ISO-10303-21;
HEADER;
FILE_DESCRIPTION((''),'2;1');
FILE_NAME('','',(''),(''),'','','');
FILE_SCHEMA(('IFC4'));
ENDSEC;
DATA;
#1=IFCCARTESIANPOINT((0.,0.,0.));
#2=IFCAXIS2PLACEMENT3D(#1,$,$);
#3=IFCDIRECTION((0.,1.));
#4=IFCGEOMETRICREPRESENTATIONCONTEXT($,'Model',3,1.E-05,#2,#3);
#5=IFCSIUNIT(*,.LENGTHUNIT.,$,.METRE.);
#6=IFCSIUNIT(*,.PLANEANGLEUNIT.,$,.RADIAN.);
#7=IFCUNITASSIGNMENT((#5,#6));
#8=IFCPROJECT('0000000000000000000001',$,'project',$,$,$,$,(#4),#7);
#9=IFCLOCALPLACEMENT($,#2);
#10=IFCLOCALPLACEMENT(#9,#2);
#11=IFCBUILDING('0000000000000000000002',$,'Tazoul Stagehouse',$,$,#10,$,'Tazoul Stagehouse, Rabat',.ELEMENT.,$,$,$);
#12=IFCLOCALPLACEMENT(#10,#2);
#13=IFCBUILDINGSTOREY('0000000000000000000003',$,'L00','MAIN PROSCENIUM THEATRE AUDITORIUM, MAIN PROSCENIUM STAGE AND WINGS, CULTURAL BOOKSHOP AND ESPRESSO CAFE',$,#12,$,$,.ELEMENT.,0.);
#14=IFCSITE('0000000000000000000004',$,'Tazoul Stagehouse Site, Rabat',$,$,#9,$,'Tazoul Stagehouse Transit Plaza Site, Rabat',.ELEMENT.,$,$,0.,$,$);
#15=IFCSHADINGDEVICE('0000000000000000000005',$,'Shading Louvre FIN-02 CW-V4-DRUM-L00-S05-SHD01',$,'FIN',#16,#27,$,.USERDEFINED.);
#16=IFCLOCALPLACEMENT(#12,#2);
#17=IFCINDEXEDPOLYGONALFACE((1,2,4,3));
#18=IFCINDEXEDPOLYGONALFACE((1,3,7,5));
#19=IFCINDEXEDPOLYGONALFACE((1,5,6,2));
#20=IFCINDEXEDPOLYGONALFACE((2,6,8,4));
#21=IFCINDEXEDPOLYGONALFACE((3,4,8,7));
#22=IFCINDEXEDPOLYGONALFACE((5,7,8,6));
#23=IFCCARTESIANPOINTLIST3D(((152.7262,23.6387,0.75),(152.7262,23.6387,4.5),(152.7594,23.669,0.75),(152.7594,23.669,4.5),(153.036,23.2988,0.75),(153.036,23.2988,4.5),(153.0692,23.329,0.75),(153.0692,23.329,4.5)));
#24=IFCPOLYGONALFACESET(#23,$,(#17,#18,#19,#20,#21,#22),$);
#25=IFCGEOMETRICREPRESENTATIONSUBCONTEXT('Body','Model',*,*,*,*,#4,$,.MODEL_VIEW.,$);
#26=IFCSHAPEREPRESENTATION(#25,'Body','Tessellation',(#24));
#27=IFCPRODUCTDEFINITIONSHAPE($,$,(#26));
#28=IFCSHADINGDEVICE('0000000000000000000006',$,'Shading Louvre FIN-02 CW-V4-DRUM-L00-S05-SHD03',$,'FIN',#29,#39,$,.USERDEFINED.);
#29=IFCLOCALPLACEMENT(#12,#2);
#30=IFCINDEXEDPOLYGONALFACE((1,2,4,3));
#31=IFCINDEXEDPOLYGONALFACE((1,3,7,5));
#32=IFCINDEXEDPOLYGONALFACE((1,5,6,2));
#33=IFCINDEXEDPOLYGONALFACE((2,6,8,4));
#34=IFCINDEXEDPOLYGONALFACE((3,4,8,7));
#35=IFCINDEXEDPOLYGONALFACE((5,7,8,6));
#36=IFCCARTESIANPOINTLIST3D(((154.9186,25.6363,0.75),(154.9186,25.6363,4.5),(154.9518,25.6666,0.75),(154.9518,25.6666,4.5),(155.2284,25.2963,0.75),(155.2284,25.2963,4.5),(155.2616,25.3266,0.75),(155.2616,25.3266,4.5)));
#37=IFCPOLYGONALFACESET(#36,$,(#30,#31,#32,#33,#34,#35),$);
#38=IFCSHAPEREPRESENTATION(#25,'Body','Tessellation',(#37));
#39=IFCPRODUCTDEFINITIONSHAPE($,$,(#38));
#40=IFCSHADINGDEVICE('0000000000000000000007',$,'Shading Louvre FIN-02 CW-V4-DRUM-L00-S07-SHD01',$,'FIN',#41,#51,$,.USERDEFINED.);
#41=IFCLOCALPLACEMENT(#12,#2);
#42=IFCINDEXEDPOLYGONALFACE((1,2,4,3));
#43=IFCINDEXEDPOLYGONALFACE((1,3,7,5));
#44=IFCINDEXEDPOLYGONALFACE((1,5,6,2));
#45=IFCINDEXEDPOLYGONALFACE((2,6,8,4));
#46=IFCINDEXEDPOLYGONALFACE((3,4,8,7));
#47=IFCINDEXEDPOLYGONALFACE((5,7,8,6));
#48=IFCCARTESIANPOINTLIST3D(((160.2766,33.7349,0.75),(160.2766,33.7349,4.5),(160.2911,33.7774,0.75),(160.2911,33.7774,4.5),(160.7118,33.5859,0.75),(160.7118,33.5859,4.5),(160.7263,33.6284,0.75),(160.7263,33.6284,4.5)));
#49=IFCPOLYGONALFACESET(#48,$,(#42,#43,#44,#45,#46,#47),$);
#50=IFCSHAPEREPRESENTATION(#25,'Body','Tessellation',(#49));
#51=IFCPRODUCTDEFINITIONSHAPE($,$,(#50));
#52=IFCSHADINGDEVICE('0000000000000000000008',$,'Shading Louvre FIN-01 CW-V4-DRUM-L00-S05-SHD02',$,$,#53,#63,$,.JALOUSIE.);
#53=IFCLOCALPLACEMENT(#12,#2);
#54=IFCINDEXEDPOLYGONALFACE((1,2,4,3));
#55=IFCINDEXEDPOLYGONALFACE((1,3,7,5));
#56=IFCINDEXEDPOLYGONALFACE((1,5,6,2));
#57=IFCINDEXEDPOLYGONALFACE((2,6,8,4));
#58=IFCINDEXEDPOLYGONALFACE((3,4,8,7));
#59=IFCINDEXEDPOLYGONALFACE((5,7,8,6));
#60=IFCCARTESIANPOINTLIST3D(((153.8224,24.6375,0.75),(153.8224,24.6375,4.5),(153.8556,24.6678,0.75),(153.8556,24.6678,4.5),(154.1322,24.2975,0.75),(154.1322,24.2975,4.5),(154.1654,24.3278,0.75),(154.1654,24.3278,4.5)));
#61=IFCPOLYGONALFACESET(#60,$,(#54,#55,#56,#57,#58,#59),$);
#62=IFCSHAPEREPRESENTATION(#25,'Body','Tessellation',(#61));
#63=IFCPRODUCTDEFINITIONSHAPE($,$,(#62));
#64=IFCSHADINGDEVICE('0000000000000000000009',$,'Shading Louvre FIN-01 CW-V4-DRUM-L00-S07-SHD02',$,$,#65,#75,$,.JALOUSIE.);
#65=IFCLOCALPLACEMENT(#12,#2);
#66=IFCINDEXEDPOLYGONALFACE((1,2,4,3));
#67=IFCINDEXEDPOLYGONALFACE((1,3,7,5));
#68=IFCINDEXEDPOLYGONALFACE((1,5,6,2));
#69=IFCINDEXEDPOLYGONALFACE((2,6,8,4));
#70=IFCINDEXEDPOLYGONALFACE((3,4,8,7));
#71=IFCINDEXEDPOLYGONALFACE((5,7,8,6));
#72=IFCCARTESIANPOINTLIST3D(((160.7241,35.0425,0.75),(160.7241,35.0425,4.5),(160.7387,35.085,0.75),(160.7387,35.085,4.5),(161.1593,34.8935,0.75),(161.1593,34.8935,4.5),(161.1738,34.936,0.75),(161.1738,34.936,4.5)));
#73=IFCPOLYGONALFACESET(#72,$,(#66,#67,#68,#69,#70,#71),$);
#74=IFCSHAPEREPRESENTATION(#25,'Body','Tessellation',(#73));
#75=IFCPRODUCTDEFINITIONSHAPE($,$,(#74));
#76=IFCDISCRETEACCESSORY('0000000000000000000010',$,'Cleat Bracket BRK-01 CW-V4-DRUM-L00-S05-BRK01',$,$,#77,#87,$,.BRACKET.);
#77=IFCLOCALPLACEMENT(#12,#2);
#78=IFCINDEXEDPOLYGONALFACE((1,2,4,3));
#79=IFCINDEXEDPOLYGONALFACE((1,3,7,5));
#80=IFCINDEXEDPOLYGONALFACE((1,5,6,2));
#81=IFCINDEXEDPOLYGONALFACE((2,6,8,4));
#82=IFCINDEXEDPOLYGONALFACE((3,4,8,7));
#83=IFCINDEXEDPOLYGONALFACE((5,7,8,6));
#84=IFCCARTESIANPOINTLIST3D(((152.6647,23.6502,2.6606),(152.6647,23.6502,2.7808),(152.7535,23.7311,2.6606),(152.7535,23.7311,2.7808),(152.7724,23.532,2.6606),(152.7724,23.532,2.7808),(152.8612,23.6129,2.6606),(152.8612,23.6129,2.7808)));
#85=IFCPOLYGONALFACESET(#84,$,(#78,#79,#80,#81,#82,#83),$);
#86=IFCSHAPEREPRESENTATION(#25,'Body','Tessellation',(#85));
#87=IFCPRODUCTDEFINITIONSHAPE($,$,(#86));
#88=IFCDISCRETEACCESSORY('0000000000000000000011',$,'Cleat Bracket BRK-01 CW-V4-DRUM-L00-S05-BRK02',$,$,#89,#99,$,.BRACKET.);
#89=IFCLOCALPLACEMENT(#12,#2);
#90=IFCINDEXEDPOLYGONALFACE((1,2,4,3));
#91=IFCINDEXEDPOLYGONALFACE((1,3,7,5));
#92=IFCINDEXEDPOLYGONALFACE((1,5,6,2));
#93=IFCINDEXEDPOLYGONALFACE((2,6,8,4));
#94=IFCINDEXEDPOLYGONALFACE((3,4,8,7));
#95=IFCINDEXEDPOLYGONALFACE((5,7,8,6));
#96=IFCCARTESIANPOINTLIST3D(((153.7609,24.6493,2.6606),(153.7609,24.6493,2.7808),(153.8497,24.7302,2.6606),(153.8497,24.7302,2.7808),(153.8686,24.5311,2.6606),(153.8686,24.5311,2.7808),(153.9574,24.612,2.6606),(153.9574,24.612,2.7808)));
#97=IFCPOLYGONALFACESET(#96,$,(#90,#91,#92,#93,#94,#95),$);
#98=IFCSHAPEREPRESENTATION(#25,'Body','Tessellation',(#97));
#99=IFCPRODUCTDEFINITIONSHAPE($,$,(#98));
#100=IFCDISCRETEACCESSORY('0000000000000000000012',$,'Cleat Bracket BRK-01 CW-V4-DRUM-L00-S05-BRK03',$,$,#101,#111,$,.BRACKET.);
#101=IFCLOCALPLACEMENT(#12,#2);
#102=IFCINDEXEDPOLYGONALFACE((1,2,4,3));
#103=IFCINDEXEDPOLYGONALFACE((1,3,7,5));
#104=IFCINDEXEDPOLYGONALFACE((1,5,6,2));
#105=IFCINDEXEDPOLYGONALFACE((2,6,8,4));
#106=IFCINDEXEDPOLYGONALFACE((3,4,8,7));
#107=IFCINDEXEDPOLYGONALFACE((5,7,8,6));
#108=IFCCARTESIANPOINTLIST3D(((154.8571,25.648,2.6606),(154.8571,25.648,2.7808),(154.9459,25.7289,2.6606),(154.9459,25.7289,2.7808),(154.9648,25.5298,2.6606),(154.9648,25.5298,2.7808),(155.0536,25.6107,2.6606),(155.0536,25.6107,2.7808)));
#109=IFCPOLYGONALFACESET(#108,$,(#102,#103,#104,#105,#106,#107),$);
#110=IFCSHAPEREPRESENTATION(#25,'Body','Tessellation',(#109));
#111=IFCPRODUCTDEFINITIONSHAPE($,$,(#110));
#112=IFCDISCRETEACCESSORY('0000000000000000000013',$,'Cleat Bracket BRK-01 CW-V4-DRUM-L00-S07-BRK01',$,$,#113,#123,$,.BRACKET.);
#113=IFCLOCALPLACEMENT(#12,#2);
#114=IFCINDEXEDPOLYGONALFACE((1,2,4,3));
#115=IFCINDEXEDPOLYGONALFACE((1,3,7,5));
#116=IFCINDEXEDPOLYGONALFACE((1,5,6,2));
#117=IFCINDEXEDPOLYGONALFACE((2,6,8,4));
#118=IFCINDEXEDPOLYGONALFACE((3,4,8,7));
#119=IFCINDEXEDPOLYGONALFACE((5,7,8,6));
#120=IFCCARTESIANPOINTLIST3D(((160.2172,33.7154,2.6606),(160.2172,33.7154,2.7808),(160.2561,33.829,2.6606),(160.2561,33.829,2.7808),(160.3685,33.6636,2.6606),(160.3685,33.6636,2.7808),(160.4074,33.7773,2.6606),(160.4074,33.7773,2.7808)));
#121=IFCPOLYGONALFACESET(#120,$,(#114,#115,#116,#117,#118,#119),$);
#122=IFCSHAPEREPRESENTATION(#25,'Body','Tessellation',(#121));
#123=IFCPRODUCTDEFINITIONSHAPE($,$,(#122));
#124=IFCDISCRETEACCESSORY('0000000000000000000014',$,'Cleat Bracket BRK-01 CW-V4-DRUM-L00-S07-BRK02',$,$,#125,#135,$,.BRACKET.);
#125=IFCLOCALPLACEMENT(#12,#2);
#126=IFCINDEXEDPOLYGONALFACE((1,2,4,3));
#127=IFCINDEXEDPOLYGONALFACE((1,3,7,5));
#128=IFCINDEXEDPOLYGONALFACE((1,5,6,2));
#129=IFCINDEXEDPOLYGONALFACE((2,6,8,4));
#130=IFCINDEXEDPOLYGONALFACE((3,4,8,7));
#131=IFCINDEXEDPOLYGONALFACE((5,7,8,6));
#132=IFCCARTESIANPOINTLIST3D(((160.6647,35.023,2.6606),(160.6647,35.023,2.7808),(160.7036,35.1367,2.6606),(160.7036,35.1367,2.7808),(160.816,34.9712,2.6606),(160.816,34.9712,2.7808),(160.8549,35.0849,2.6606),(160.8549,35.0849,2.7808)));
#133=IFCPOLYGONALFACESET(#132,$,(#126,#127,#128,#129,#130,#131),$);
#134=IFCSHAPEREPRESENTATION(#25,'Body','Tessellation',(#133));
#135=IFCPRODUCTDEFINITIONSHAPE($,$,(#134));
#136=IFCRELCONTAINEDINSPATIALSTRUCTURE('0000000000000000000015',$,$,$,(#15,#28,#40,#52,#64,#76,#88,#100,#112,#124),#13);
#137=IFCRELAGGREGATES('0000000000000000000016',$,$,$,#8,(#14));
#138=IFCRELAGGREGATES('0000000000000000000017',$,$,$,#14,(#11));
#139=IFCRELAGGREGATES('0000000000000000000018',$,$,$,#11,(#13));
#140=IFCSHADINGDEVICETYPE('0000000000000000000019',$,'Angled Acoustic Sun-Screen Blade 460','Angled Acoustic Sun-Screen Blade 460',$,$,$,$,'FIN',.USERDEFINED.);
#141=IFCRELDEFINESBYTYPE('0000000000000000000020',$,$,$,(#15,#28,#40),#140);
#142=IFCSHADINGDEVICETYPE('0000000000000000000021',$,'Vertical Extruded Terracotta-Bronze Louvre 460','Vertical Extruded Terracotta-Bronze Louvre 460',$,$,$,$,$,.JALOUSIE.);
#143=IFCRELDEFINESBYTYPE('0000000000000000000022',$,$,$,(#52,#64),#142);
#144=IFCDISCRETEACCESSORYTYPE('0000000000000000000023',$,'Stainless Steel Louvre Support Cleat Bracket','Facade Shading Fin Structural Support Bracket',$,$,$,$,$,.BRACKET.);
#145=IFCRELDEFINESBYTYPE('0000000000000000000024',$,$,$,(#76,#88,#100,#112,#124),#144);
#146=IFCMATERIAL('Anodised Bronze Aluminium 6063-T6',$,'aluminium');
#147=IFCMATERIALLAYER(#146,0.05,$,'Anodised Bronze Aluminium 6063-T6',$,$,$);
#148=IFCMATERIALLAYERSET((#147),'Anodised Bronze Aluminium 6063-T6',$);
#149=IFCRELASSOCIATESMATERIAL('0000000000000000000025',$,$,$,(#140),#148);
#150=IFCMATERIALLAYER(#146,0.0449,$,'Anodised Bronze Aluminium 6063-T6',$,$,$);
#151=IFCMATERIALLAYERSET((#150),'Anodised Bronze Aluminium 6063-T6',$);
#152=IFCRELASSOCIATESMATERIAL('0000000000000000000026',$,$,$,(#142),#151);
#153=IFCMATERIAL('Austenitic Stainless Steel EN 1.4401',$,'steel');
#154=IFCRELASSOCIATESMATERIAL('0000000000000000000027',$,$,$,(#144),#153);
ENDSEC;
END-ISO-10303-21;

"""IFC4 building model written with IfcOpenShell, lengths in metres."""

from ifc_helpers import new_model, si_unit, direction, frame, origin, origin_2d, place, context, subcontext, project, spatial, rectangle, extrude, material, layer, layer_set, type_object, element, save


model = new_model("IFC4")

# Units and contexts
model_context = context("Model", 3, precision=1e-05, world=origin(), true_north=direction((0.0, 1.0)))
body_context = subcontext(model_context, "Body", "Model", "MODEL_VIEW")
ifc_project = project(units=[si_unit("LENGTHUNIT", "METRE"), si_unit("PLANEANGLEUNIT", "RADIAN")], contexts=[model_context])

# Site, building, storey
site_placement = place(None, origin())
site = spatial("IfcSite", under=ifc_project, at=site_placement, Name="Tazoul Stagehouse Site, Rabat", LongName="Tazoul Stagehouse Transit Plaza Site, Rabat", CompositionType="ELEMENT", RefElevation=0.0)
building_placement = place(site_placement, origin())
building = spatial("IfcBuilding", under=site, at=building_placement, Name="Tazoul Stagehouse", LongName="Tazoul Stagehouse, Rabat", CompositionType="ELEMENT")
storey_placement = place(building_placement, origin())
storey = spatial("IfcBuildingStorey", under=building, at=storey_placement, Name="L00", Description="MAIN PROSCENIUM THEATRE AUDITORIUM, MAIN PROSCENIUM STAGE AND WINGS, CULTURAL BOOKSHOP AND ESPRESSO CAFE", CompositionType="ELEMENT", Elevation=0.0)

# Shared definitions
ifc_material_1 = material(Name="Anodised Bronze Aluminium 6063-T6", Category="aluminium")

# Shading devices
ifc_layer_1 = layer(ifc_material_1, 0.05, Name="Anodised Bronze Aluminium 6063-T6")
ifc_layer_set_1 = layer_set([ifc_layer_1], Name="Anodised Bronze Aluminium 6063-T6")
shading_device_type_1 = type_object("IfcShadingDeviceType", Name="Angled Acoustic Sun-Screen Blade 460", Description="Angled Acoustic Sun-Screen Blade 460", ElementType="FIN", PredefinedType="USERDEFINED", material=ifc_layer_set_1)
for number, where, z_axis, x_axis, name in (
    (1, (152.8977, 23.4839, 0.75), (0.0, 0.0, 1.0), (0.73915, 0.67354, 0.0), "Shading Louvre FIN-02 CW-V4-DRUM-L00-S05-SHD01"),
    (2, (155.0901, 25.4814, 0.75), (0.0, 0.0, 1.0), (0.73915, 0.67354, 0.0), "Shading Louvre FIN-02 CW-V4-DRUM-L00-S05-SHD03"),
    (3, (160.5015, 33.6816, 0.75), (0.0, 0.0, 1.0), (0.323785, 0.946131, 0.0), "Shading Louvre FIN-02 CW-V4-DRUM-L00-S07-SHD01"),
):
    element("IfcShadingDevice", number, at=place(storey_placement, frame(where, z_axis=z_axis, x_axis=x_axis)), inside=storey, type_object=shading_device_type_1, Name=name, ObjectType="FIN", PredefinedType="USERDEFINED", context=body_context, shape_type="SweptSolid", body=[
        extrude(rectangle(XDim=0.0449, YDim=0.46, at=origin_2d()), origin(), (0.0, 0.0, 1.0), 3.75),
    ])
ifc_layer_2 = layer(ifc_material_1, 0.0449, Name="Anodised Bronze Aluminium 6063-T6")
ifc_layer_set_2 = layer_set([ifc_layer_2], Name="Anodised Bronze Aluminium 6063-T6")
shading_device_type_2 = type_object("IfcShadingDeviceType", Name="Vertical Extruded Terracotta-Bronze Louvre 460", Description="Vertical Extruded Terracotta-Bronze Louvre 460", PredefinedType="JALOUSIE", material=ifc_layer_set_2)
for number, where, z_axis, x_axis, name in (
    (4, (153.9939, 24.4827, 0.75), (0.0, 0.0, 1.0), (0.73915, 0.67354, 0.0), "Shading Louvre FIN-01 CW-V4-DRUM-L00-S05-SHD02"),
    (5, (160.949, 34.9893, 0.75), (0.0, 0.0, 1.0), (0.323785, 0.946131, 0.0), "Shading Louvre FIN-01 CW-V4-DRUM-L00-S07-SHD02"),
):
    element("IfcShadingDevice", number, at=place(storey_placement, frame(where, z_axis=z_axis, x_axis=x_axis)), inside=storey, type_object=shading_device_type_2, Name=name, PredefinedType="JALOUSIE", context=body_context, shape_type="SweptSolid", body=[
        extrude(rectangle(XDim=0.0449, YDim=0.46, at=origin_2d()), origin(), (0.0, 0.0, 1.0), 3.75),
    ])

# Discrete accessories
ifc_material_2 = material(Name="Austenitic Stainless Steel EN 1.4401", Category="steel")
discrete_accessory_type = type_object("IfcDiscreteAccessoryType", Name="Stainless Steel Louvre Support Cleat Bracket", Description="Facade Shading Fin Structural Support Bracket", PredefinedType="BRACKET", material=ifc_material_2)
for number, where, z_axis, x_axis, name in (
    (6, (152.7629, 23.6316, 2.6606), (0.0, 0.0, 1.0), (0.73915, 0.67354, 0.0), "Cleat Bracket BRK-01 CW-V4-DRUM-L00-S05-BRK01"),
    (7, (153.8591, 24.6306, 2.6606), (0.0, 0.0, 1.0), (0.73915, 0.67354, 0.0), "Cleat Bracket BRK-01 CW-V4-DRUM-L00-S05-BRK02"),
    (8, (154.9553, 25.6294, 2.6606), (0.0, 0.0, 1.0), (0.73915, 0.67354, 0.0), "Cleat Bracket BRK-01 CW-V4-DRUM-L00-S05-BRK03"),
    (9, (160.3123, 33.7463, 2.6606), (0.0, 0.0, 1.0), (0.323785, 0.946131, 0.0), "Cleat Bracket BRK-01 CW-V4-DRUM-L00-S07-BRK01"),
    (10, (160.7598, 35.054, 2.6606), (0.0, 0.0, 1.0), (0.323785, 0.946131, 0.0), "Cleat Bracket BRK-01 CW-V4-DRUM-L00-S07-BRK02"),
):
    element("IfcDiscreteAccessory", number, at=place(storey_placement, frame(where, z_axis=z_axis, x_axis=x_axis)), inside=storey, type_object=discrete_accessory_type, Name=name, PredefinedType="BRACKET", context=body_context, shape_type="SweptSolid", body=[
        extrude(rectangle(XDim=0.1201, YDim=0.1599, at=origin_2d()), origin(), (0.0, 0.0, 1.0), 0.1201),
    ])

save(model, "model.ifc")
